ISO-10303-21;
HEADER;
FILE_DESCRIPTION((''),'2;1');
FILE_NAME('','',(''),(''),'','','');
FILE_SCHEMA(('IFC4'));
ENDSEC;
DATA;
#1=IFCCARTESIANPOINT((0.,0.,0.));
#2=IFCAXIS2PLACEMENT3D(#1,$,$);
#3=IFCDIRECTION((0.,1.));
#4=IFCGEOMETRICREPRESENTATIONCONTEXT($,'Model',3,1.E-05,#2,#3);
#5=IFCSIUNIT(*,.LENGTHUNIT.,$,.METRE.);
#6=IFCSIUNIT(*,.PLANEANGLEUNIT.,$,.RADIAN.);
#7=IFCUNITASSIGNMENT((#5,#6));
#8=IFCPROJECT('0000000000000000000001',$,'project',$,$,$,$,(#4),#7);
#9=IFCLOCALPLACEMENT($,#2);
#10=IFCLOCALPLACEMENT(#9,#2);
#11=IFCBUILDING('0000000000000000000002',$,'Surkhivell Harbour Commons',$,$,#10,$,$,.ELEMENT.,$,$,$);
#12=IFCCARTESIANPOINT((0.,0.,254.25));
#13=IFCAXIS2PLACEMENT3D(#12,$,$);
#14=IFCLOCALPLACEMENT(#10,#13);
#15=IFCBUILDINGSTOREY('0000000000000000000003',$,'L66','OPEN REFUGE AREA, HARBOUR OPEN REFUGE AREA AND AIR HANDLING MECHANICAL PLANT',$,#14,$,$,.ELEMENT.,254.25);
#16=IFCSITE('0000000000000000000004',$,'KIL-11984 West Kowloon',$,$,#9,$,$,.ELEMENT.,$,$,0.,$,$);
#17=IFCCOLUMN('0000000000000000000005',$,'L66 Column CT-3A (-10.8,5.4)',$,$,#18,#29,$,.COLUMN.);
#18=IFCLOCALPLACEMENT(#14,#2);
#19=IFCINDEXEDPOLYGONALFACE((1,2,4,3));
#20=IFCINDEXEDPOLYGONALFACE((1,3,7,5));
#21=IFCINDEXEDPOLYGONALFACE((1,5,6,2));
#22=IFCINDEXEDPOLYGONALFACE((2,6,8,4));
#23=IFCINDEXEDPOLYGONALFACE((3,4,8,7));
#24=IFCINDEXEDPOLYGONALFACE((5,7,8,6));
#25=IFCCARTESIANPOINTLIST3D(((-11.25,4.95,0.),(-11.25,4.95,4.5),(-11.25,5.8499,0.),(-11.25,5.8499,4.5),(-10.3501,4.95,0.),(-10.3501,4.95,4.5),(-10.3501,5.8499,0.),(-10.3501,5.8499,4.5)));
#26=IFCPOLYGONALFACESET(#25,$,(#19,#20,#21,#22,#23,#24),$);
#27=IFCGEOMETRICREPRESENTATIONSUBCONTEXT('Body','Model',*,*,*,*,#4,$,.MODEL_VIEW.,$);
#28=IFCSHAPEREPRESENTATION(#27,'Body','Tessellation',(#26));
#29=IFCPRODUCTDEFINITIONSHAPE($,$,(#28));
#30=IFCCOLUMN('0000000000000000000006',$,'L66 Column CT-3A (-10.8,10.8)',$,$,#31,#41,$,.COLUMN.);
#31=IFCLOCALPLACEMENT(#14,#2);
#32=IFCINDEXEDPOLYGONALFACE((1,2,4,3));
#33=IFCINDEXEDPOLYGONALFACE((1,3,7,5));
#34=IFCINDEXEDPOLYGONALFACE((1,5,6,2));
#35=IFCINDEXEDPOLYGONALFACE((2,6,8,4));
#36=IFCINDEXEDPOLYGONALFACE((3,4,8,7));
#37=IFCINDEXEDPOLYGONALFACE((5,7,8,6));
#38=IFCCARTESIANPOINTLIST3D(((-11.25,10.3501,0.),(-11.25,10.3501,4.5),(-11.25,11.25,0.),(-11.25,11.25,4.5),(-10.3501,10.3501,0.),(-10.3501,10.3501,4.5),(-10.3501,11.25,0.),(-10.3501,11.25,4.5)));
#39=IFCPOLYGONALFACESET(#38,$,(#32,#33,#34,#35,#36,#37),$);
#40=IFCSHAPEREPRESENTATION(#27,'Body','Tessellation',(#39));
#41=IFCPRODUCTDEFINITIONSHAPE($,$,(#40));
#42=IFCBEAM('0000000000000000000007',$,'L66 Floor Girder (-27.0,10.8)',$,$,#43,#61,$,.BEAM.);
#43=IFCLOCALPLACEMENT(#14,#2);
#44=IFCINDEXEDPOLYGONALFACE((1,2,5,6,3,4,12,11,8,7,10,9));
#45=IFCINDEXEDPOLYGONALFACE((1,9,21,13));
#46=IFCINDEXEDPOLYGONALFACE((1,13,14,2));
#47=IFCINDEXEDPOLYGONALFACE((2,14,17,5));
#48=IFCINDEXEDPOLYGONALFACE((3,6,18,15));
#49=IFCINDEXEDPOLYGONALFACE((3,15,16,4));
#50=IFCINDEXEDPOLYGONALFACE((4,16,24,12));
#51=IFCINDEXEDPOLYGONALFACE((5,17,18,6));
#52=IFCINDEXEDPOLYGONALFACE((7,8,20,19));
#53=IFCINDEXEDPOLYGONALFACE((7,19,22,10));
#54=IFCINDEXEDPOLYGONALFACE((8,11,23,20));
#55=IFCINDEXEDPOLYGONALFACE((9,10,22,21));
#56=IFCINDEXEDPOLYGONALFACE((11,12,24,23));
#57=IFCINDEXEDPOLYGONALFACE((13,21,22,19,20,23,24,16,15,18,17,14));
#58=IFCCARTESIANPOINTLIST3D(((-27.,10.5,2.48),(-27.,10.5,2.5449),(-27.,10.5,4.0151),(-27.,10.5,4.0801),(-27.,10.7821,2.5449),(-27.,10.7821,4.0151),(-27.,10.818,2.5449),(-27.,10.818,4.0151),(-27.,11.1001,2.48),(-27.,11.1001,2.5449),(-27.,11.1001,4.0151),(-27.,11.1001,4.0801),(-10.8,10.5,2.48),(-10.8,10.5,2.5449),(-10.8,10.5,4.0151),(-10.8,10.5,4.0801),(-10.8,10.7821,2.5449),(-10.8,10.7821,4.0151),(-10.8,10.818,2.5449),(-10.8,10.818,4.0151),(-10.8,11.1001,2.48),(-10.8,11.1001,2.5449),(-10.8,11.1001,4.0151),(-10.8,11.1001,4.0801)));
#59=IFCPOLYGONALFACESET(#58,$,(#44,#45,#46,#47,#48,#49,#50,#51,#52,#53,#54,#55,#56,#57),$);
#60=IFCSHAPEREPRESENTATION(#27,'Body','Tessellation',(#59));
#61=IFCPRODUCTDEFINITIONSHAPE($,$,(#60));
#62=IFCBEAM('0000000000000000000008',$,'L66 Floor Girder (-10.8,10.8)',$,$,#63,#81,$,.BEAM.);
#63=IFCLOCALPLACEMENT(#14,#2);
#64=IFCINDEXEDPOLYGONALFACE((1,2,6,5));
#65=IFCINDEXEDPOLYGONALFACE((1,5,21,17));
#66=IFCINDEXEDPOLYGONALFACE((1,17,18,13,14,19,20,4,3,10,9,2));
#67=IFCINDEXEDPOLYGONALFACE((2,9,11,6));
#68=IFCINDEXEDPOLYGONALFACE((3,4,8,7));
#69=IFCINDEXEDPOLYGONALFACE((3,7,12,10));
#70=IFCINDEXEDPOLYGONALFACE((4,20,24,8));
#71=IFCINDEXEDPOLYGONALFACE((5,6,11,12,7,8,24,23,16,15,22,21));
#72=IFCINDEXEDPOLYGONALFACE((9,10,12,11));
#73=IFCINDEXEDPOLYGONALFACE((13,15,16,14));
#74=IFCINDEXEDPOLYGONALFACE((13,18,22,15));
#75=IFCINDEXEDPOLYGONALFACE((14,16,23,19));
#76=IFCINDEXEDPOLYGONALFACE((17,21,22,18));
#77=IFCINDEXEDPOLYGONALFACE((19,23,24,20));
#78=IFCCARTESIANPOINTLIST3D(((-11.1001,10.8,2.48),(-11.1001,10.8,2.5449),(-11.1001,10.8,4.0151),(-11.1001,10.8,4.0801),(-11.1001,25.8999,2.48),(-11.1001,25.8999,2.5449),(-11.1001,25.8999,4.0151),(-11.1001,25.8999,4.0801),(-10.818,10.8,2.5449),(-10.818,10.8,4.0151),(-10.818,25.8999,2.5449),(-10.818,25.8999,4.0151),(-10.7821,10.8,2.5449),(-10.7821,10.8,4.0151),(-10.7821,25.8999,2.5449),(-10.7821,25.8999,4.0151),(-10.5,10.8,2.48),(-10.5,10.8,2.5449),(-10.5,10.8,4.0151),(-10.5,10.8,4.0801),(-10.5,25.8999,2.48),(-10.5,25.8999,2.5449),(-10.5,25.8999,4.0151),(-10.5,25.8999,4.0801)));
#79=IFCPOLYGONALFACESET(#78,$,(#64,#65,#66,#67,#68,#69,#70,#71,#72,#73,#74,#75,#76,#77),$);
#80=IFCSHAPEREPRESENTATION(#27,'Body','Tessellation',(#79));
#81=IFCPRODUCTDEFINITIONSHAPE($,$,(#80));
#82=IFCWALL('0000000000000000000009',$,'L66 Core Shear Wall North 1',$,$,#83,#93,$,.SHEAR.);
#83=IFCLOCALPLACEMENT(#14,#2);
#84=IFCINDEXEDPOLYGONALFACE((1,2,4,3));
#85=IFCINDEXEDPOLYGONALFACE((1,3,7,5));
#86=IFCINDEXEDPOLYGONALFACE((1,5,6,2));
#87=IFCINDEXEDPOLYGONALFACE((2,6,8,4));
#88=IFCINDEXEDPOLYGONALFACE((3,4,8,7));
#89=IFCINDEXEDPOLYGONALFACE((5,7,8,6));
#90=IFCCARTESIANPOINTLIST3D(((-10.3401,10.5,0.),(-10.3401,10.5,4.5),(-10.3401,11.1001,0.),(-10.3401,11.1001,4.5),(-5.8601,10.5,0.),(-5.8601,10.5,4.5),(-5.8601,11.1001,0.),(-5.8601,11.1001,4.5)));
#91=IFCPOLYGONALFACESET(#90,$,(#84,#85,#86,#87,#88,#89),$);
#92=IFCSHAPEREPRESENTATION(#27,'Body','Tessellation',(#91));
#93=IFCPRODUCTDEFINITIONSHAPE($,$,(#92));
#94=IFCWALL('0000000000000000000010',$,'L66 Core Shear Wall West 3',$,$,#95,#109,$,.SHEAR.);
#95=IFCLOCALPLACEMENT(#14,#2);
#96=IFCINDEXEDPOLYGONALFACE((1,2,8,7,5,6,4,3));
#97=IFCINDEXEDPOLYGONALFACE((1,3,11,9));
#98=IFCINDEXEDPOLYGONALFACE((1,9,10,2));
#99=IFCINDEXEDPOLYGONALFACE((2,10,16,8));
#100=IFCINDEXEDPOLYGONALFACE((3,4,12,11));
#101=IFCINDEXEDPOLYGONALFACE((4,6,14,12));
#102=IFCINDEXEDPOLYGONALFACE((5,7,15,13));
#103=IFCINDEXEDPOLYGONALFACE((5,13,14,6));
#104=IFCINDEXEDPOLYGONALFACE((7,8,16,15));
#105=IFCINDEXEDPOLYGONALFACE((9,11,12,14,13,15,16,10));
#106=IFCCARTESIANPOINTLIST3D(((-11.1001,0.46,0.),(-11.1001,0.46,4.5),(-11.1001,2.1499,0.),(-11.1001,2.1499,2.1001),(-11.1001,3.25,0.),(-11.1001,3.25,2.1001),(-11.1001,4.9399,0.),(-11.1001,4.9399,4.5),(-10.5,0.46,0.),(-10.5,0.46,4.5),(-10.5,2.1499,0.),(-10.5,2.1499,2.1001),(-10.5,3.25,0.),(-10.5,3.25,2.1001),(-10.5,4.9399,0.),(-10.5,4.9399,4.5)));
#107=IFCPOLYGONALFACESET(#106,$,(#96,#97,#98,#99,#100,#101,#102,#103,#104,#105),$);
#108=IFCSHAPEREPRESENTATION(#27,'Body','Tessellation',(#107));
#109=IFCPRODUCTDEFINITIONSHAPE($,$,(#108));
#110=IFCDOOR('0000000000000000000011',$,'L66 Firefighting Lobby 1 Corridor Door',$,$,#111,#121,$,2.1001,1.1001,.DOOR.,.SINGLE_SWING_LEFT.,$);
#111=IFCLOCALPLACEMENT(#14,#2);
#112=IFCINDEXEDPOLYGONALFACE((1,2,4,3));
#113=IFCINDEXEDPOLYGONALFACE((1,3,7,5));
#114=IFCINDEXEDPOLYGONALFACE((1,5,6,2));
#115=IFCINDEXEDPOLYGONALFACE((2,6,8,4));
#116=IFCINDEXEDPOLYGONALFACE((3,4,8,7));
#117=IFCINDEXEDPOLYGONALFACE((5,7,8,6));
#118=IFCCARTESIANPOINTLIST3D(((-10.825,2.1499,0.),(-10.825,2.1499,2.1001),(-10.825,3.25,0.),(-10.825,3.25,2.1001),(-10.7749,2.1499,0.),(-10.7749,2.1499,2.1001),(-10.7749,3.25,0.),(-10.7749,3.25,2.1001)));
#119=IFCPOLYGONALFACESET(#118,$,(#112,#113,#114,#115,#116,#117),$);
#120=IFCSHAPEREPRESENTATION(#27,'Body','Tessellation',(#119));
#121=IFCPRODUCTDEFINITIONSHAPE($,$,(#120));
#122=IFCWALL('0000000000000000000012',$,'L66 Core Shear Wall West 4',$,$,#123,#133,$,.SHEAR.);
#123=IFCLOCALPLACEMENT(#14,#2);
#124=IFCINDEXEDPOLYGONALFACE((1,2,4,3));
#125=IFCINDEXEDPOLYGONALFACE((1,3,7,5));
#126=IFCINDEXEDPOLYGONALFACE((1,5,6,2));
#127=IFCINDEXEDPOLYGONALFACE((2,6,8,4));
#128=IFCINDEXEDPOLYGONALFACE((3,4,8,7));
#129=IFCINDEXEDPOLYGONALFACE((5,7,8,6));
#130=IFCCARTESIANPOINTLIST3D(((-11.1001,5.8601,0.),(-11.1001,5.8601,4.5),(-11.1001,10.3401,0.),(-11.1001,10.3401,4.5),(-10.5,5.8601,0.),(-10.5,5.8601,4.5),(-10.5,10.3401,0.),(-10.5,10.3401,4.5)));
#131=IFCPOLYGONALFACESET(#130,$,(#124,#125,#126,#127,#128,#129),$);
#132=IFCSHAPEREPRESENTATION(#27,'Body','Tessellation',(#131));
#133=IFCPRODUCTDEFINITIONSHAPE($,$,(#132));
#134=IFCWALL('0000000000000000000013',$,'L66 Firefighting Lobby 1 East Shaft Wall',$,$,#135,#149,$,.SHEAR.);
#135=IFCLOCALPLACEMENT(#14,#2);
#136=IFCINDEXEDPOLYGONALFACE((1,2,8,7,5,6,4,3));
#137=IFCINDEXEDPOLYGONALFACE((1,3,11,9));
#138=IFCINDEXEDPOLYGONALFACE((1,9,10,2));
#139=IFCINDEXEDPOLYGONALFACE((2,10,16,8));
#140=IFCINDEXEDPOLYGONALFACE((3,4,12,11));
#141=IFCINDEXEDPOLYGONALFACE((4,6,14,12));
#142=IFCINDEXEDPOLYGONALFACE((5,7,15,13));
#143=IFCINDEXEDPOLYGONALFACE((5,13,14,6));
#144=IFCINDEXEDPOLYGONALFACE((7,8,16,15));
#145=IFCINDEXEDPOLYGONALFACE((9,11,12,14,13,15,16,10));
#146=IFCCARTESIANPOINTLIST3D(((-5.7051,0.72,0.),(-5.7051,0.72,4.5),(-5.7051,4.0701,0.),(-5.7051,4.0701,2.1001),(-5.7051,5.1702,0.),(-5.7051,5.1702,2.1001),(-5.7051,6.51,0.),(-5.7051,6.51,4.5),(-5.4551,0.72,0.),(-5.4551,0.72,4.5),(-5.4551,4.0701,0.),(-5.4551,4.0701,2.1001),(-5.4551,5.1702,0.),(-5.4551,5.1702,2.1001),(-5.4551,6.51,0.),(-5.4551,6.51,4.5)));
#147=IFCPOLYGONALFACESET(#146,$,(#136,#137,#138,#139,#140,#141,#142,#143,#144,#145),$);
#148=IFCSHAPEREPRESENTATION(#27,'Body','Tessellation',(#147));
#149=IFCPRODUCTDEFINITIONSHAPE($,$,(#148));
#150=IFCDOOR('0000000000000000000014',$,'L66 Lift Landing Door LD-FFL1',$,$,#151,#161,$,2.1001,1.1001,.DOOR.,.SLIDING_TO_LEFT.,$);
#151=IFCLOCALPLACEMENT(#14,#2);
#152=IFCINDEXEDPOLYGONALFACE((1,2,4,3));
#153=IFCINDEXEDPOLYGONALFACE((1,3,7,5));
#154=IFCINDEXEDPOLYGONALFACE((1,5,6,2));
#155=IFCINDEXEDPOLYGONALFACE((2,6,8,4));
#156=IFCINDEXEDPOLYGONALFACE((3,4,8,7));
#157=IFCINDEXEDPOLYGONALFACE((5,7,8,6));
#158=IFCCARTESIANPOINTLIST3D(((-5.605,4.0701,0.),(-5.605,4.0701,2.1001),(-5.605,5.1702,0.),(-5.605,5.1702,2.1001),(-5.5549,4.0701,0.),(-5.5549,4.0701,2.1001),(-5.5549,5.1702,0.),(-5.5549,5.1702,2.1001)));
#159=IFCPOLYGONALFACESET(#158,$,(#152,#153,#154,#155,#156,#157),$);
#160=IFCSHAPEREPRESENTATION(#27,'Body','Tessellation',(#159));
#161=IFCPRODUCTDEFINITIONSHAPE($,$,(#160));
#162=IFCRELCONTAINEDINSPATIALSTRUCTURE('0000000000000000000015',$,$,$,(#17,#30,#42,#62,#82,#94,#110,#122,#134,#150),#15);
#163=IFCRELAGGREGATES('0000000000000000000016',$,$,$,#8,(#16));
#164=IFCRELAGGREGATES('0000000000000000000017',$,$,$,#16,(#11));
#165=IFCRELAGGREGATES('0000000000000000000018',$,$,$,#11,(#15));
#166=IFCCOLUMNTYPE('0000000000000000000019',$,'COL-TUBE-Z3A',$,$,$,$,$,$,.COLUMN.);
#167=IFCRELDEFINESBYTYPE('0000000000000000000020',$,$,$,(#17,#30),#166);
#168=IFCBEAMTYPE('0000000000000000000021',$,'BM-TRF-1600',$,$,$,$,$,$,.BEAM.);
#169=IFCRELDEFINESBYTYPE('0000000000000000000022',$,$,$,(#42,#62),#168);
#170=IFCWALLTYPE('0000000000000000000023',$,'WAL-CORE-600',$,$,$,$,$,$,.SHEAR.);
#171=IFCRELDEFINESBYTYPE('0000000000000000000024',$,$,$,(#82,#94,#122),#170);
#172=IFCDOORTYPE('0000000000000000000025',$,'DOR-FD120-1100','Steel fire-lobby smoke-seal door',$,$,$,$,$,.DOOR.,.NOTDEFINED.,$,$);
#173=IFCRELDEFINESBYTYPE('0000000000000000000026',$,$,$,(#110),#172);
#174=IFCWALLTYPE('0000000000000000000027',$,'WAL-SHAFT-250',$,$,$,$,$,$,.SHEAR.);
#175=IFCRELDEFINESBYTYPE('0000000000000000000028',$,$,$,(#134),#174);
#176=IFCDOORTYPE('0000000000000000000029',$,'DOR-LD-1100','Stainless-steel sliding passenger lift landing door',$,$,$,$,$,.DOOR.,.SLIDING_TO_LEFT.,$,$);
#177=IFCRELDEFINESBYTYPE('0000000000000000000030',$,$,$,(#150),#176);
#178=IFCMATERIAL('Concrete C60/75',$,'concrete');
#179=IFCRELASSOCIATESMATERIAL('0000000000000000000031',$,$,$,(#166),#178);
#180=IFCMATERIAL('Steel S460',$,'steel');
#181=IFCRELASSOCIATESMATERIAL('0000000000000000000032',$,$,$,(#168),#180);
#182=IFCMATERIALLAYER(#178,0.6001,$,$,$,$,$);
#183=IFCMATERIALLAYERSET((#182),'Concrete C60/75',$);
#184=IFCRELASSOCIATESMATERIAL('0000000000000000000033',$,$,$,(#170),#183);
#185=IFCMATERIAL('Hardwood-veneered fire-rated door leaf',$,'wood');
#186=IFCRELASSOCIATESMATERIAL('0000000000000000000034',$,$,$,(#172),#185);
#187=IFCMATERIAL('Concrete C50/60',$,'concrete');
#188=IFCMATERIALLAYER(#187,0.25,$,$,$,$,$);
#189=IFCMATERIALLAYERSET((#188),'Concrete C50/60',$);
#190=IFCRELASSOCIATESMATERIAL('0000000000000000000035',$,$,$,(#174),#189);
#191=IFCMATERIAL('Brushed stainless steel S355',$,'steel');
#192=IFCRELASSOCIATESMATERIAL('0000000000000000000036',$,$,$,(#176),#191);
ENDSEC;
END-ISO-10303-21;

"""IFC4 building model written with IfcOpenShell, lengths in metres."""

from ifc_helpers import new_model, si_unit, direction, frame, frame_2d, origin, origin_2d, place, context, subcontext, project, spatial, rectangle, i_section, extrude, material, layer, layer_set, material_profile, profile_set, type_object, element, fill, save


model = new_model("IFC4")

# Units and contexts
model_context = context("Model", 3, precision=1e-05, world=origin(), true_north=direction((0.0, 1.0)))
body_context = subcontext(model_context, "Body", "Model", "MODEL_VIEW")
ifc_project = project(units=[si_unit("LENGTHUNIT", "METRE"), si_unit("PLANEANGLEUNIT", "RADIAN")], contexts=[model_context])

# Site, building, storey
site_placement = place(None, origin())
site = spatial("IfcSite", under=ifc_project, at=site_placement, Name="KIL-11984 West Kowloon", CompositionType="ELEMENT", RefElevation=0.0)
building_placement = place(site_placement, origin())
building = spatial("IfcBuilding", under=site, at=building_placement, Name="Surkhivell Harbour Commons", CompositionType="ELEMENT")
storey_placement = place(building_placement, frame((0.0, 0.0, 254.25)))
storey = spatial("IfcBuildingStorey", under=building, at=storey_placement, Name="L66", Description="OPEN REFUGE AREA, HARBOUR OPEN REFUGE AREA AND AIR HANDLING MECHANICAL PLANT", CompositionType="ELEMENT", Elevation=254.25)

# Columns
ifc_material_1 = material(Name="Concrete C60/75", Category="concrete")
ifc_material_profile_1 = material_profile(ifc_material_1, rectangle(XDim=0.8999, YDim=0.8999, at=origin_2d()), Name="RC-COL-900x900")
ifc_profile_set_1 = profile_set([ifc_material_profile_1], Name="Concrete C60/75")
column_type = type_object("IfcColumnType", Name="COL-TUBE-Z3A", PredefinedType="COLUMN", material=ifc_profile_set_1)
for number, where, z_axis, x_axis, name in (
    (1, (-10.8, 5.3999, 0.0), (0.0, 0.0, 1.0), (1.0, 0.0, 0.0), "L66 Column CT-3A (-10.8,5.4)"),
    (2, (-10.8, 10.8, 0.0), (0.0, 0.0, 1.0), (1.0, 0.0, 0.0), "L66 Column CT-3A (-10.8,10.8)"),
):
    element("IfcColumn", number, at=place(storey_placement, frame(where, z_axis=z_axis, x_axis=x_axis)), inside=storey, type_object=column_type, Name=name, PredefinedType="COLUMN", context=body_context, shape_type="SweptSolid", body=[
        extrude(rectangle(XDim=0.8999, YDim=0.8999, at=origin_2d()), origin(), (0.0, 0.0, 1.0), 4.5),
    ])

# Beams
ifc_material_2 = material(Name="Steel S460", Category="steel")
ifc_material_profile_2 = material_profile(ifc_material_2, i_section(OverallWidth=0.6001, OverallDepth=1.6001, WebThickness=0.0359, FlangeThickness=0.0649, at=origin_2d()), Name="WPG1600x600x296")
ifc_profile_set_2 = profile_set([ifc_material_profile_2], Name="Steel S460")
beam_type = type_object("IfcBeamType", Name="BM-TRF-1600", PredefinedType="BEAM", material=ifc_profile_set_2)
beam_1_placement = place(storey_placement, frame((-27.0, 10.8, 3.28), z_axis=(1.0, 0.0, 0.0), x_axis=(0.0, 1.0, 0.0)))
element("IfcBeam", 3, at=beam_1_placement, inside=storey, type_object=beam_type, Name="L66 Floor Girder (-27.0,10.8)", PredefinedType="BEAM", context=body_context, shape_type="SweptSolid", body=[
    extrude(i_section(OverallWidth=0.6001, OverallDepth=1.6001, WebThickness=0.0359, FlangeThickness=0.0649, at=origin_2d()), origin(), (0.0, 0.0, 1.0), 16.2),
])
beam_2_placement = place(storey_placement, frame((-10.8, 10.8, 3.28), z_axis=(0.0, 1.0, 0.0), x_axis=(-1.0, 0.0, 0.0)))
element("IfcBeam", 4, at=beam_2_placement, inside=storey, type_object=beam_type, Name="L66 Floor Girder (-10.8,10.8)", PredefinedType="BEAM", context=body_context, shape_type="SweptSolid", body=[
    extrude(i_section(OverallWidth=0.6001, OverallDepth=1.6001, WebThickness=0.0359, FlangeThickness=0.0649, at=origin_2d()), origin(), (0.0, 0.0, 1.0), 15.0999),
])

# Wall
ifc_layer_1 = layer(ifc_material_1, 0.6001)
ifc_layer_set_1 = layer_set([ifc_layer_1], Name="Concrete C60/75")
wall_type_1 = type_object("IfcWallType", Name="WAL-CORE-600", PredefinedType="SHEAR", material=ifc_layer_set_1)
wall_1_placement = place(storey_placement, frame((-10.3401, 10.8, 0.0), z_axis=(0.0, 0.0, 1.0), x_axis=(1.0, 0.0, 0.0)))
element("IfcWall", 5, at=wall_1_placement, inside=storey, type_object=wall_type_1, Name="L66 Core Shear Wall North 1", PredefinedType="SHEAR", context=body_context, shape_type="SweptSolid", body=[
    extrude(rectangle(XDim=4.48, YDim=0.6001, at=frame_2d((2.24, 0.0))), origin(), (0.0, 0.0, 1.0), 4.5),
])

# Wall, opening, door
wall_2_placement = place(storey_placement, frame((-10.8, 0.46, 0.0), z_axis=(0.0, 0.0, 1.0), x_axis=(0.0, 1.0, 0.0)))
wall_2 = element("IfcWall", 6, at=wall_2_placement, inside=storey, type_object=wall_type_1, Name="L66 Core Shear Wall West 3", PredefinedType="SHEAR", context=body_context, shape_type="SweptSolid", body=[
    extrude(rectangle(XDim=4.48, YDim=0.6001, at=frame_2d((2.24, 0.0))), origin(), (0.0, 0.0, 1.0), 4.5),
])
opening_1_placement = place(wall_2_placement, frame((1.6899, 0.0, 0.0)))
opening_1 = element("IfcOpeningElement", 7, at=opening_1_placement, cuts=wall_2, PredefinedType="OPENING", context=body_context, shape_type="SweptSolid", body=[
    extrude(rectangle(XDim=1.1001, YDim=2.1001, at=frame_2d((0.55, 1.05))), frame((0.0, 0.3101, 0.0), z_axis=(0.0, -1.0, 0.0), x_axis=(1.0, 0.0, 0.0)), (0.0, 0.0, 1.0), 0.6201),
])
ifc_material_3 = material(Name="Hardwood-veneered fire-rated door leaf", Category="wood")
door_type_1 = type_object("IfcDoorType", Name="DOR-FD120-1100", Description="Steel fire-lobby smoke-seal door", OperationType="NOTDEFINED", PredefinedType="DOOR", material=ifc_material_3)
door_1_placement = place(opening_1_placement, origin())
door_1 = element("IfcDoor", 8, at=door_1_placement, inside=storey, type_object=door_type_1, Name="L66 Firefighting Lobby 1 Corridor Door", OperationType="SINGLE_SWING_LEFT", OverallHeight=2.1001, OverallWidth=1.1001, PredefinedType="DOOR", context=body_context, shape_type="SweptSolid", body=[
    extrude(rectangle(XDim=1.1001, YDim=2.1001, at=frame_2d((0.55, 1.05))), frame((0.0, 0.0249, 0.0), z_axis=(0.0, -1.0, 0.0), x_axis=(1.0, 0.0, 0.0)), (0.0, 0.0, 1.0), 0.05),
])
fill(opening_1, door_1)

# Wall
wall_3_placement = place(storey_placement, frame((-10.8, 5.8601, 0.0), z_axis=(0.0, 0.0, 1.0), x_axis=(0.0, 1.0, 0.0)))
element("IfcWall", 9, at=wall_3_placement, inside=storey, type_object=wall_type_1, Name="L66 Core Shear Wall West 4", PredefinedType="SHEAR", context=body_context, shape_type="SweptSolid", body=[
    extrude(rectangle(XDim=4.48, YDim=0.6001, at=frame_2d((2.24, 0.0))), origin(), (0.0, 0.0, 1.0), 4.5),
])

# Wall, opening, door
ifc_material_4 = material(Name="Concrete C50/60", Category="concrete")
ifc_layer_2 = layer(ifc_material_4, 0.25)
ifc_layer_set_2 = layer_set([ifc_layer_2], Name="Concrete C50/60")
wall_type_2 = type_object("IfcWallType", Name="WAL-SHAFT-250", PredefinedType="SHEAR", material=ifc_layer_set_2)
wall_4_placement = place(storey_placement, frame((-5.5801, 0.72, 0.0), z_axis=(0.0, 0.0, 1.0), x_axis=(0.0, 1.0, 0.0)))
wall_4 = element("IfcWall", 10, at=wall_4_placement, inside=storey, type_object=wall_type_2, Name="L66 Firefighting Lobby 1 East Shaft Wall", PredefinedType="SHEAR", context=body_context, shape_type="SweptSolid", body=[
    extrude(rectangle(XDim=5.79, YDim=0.25, at=frame_2d((2.895, 0.0))), origin(), (0.0, 0.0, 1.0), 4.5),
])
opening_2_placement = place(wall_4_placement, frame((3.3501, 0.0, 0.0)))
opening_2 = element("IfcOpeningElement", 11, at=opening_2_placement, cuts=wall_4, PredefinedType="OPENING", context=body_context, shape_type="SweptSolid", body=[
    extrude(rectangle(XDim=1.1001, YDim=2.1001, at=frame_2d((0.55, 1.05))), frame((0.0, 0.135, 0.0), z_axis=(0.0, -1.0, 0.0), x_axis=(1.0, 0.0, 0.0)), (0.0, 0.0, 1.0), 0.27),
])
ifc_material_5 = material(Name="Brushed stainless steel S355", Category="steel")
door_type_2 = type_object("IfcDoorType", Name="DOR-LD-1100", Description="Stainless-steel sliding passenger lift landing door", OperationType="SLIDING_TO_LEFT", PredefinedType="DOOR", material=ifc_material_5)
door_2_placement = place(opening_2_placement, origin())
door_2 = element("IfcDoor", 12, at=door_2_placement, inside=storey, type_object=door_type_2, Name="L66 Lift Landing Door LD-FFL1", OperationType="SLIDING_TO_LEFT", OverallHeight=2.1001, OverallWidth=1.1001, PredefinedType="DOOR", context=body_context, shape_type="SweptSolid", body=[
    extrude(rectangle(XDim=1.1001, YDim=2.1001, at=frame_2d((0.55, 1.05))), frame((0.0, 0.0249, 0.0), z_axis=(0.0, -1.0, 0.0), x_axis=(1.0, 0.0, 0.0)), (0.0, 0.0, 1.0), 0.05),
])
fill(opening_2, door_2)

save(model, "model.ifc")
